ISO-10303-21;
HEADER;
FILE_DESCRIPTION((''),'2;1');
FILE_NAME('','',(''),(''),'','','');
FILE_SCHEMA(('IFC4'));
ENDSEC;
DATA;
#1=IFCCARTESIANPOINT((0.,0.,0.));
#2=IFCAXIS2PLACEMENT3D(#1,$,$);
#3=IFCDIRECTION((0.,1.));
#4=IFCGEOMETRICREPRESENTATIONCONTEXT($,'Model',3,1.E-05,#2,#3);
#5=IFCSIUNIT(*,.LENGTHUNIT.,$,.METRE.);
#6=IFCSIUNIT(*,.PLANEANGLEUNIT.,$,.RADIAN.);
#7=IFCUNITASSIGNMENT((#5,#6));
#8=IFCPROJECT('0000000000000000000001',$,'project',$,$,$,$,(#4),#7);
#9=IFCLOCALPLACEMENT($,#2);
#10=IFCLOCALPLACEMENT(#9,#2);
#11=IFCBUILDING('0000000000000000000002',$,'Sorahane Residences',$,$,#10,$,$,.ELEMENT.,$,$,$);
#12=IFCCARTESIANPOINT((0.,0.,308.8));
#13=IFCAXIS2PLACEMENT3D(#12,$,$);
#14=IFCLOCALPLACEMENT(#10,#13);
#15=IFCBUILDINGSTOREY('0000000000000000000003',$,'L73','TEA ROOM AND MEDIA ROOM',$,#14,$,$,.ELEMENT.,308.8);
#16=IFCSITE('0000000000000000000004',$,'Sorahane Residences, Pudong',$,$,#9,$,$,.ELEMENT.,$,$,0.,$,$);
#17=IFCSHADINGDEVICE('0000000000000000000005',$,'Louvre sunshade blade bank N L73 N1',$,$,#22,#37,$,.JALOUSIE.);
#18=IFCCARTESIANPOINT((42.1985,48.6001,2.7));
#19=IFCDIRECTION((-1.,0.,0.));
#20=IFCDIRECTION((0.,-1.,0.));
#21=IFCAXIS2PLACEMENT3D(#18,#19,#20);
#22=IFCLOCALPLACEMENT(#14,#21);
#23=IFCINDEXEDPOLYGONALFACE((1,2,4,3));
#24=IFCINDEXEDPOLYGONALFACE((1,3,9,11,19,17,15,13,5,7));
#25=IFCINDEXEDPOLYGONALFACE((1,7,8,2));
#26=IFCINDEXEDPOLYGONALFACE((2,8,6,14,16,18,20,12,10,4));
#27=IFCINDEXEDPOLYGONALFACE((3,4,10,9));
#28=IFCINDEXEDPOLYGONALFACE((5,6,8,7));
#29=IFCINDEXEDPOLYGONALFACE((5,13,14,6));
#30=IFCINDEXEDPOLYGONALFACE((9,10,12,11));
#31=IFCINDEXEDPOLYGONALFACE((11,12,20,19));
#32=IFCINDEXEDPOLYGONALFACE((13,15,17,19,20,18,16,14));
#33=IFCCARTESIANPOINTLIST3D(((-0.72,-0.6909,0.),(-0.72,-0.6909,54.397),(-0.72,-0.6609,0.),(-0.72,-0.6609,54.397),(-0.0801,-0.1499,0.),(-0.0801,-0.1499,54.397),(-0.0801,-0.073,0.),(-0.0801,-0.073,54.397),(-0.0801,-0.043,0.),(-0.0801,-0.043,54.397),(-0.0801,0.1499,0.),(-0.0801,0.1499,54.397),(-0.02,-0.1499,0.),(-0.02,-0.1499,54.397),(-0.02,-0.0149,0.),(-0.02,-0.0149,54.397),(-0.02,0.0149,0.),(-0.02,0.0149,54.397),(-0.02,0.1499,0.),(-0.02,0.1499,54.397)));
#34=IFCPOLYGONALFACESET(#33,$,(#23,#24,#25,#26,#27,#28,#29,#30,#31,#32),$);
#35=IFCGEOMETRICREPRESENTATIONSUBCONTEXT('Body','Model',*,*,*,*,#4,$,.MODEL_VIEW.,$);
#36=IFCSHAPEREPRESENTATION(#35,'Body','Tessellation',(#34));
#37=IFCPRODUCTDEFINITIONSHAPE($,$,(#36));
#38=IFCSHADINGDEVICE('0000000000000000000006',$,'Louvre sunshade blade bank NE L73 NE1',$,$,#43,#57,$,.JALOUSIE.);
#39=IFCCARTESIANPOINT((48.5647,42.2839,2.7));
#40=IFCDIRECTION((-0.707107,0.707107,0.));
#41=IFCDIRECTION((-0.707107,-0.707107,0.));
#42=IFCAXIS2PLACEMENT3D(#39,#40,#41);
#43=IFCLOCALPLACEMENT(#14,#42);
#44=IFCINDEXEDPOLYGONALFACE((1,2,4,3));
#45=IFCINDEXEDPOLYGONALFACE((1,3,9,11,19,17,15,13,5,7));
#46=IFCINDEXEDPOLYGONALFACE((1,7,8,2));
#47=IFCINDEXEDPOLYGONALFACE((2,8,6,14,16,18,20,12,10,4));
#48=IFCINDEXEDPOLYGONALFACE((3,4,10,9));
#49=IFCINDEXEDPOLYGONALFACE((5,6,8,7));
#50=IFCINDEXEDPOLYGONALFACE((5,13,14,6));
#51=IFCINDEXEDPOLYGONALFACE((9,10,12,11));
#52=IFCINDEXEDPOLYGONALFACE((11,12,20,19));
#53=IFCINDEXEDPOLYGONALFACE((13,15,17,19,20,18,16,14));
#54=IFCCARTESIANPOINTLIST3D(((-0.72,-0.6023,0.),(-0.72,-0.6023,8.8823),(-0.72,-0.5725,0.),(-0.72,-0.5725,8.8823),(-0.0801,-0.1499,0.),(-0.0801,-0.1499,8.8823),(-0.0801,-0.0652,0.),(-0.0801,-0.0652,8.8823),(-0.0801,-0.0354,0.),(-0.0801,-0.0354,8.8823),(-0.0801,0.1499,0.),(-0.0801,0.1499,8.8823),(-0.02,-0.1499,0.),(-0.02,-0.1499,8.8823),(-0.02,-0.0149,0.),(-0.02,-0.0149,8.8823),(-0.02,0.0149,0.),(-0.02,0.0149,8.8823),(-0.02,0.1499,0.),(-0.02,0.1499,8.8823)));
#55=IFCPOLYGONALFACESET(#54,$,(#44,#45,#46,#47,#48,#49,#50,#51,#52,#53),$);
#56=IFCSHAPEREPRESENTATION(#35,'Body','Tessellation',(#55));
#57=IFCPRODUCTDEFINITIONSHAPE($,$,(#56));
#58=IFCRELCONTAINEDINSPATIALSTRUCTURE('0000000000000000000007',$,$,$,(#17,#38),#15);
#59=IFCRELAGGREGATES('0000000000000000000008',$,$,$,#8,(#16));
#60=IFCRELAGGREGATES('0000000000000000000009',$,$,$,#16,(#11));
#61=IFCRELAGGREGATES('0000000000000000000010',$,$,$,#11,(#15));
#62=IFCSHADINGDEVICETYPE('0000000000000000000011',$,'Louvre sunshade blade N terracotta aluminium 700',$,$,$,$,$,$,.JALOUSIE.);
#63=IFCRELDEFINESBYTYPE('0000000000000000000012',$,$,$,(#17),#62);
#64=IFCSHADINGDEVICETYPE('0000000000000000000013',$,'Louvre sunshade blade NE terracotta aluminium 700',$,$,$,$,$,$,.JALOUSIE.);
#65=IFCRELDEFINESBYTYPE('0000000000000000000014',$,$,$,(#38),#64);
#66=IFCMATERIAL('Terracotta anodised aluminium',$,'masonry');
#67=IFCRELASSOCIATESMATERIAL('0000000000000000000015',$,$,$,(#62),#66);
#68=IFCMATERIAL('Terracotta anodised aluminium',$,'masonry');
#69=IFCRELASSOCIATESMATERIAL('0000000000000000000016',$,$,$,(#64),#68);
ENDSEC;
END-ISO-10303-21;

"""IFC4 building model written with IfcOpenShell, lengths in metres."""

from ifc_helpers import new_model, si_unit, direction, frame, origin, place, context, subcontext, project, spatial, polyline, outline, extrude, material, type_object, element, save


model = new_model("IFC4")

# Units and contexts
model_context = context("Model", 3, precision=1e-05, world=origin(), true_north=direction((0.0, 1.0)))
body_context = subcontext(model_context, "Body", "Model", "MODEL_VIEW")
ifc_project = project(units=[si_unit("LENGTHUNIT", "METRE"), si_unit("PLANEANGLEUNIT", "RADIAN")], contexts=[model_context])

# Site, building, storey
site_placement = place(None, origin())
site = spatial("IfcSite", under=ifc_project, at=site_placement, Name="Sorahane Residences, Pudong", CompositionType="ELEMENT", RefElevation=0.0)
building_placement = place(site_placement, origin())
building = spatial("IfcBuilding", under=site, at=building_placement, Name="Sorahane Residences", CompositionType="ELEMENT")
storey_placement = place(building_placement, frame((0.0, 0.0, 308.8)))
storey = spatial("IfcBuildingStorey", under=building, at=storey_placement, Name="L73", Description="TEA ROOM AND MEDIA ROOM", CompositionType="ELEMENT", Elevation=308.8)

# Shading devices
ifc_material_1 = material(Name="Terracotta anodised aluminium", Category="masonry")
shading_device_type_1 = type_object("IfcShadingDeviceType", Name="Louvre sunshade blade N terracotta aluminium 700", PredefinedType="JALOUSIE", material=ifc_material_1)
shading_device_1_placement = place(storey_placement, frame((42.1985, 48.6001, 2.7), z_axis=(-1.0, 0.0, 0.0), x_axis=(0.0, -1.0, 0.0)))
element("IfcShadingDevice", 1, at=shading_device_1_placement, inside=storey, type_object=shading_device_type_1, Name="Louvre sunshade blade bank N L73 N1", PredefinedType="JALOUSIE", context=body_context, shape_type="SweptSolid", body=[
    extrude(outline(polyline([(-0.72, -0.6609), (-0.72, -0.6909), (-0.0801, -0.073), (-0.0801, -0.1499), (-0.02, -0.1499), (-0.02, -0.0149), (-0.02, 0.0149), (-0.02, 0.1499), (-0.0801, 0.1499), (-0.0801, -0.043), (-0.72, -0.6609)])), origin(), (0.0, 0.0, 1.0), 54.397),
])
ifc_material_2 = material(Name="Terracotta anodised aluminium", Category="masonry")
shading_device_type_2 = type_object("IfcShadingDeviceType", Name="Louvre sunshade blade NE terracotta aluminium 700", PredefinedType="JALOUSIE", material=ifc_material_2)
shading_device_2_placement = place(storey_placement, frame((48.5647, 42.2839, 2.7), z_axis=(-0.707107, 0.707107, 0.0), x_axis=(-0.707107, -0.707107, 0.0)))
element("IfcShadingDevice", 2, at=shading_device_2_placement, inside=storey, type_object=shading_device_type_2, Name="Louvre sunshade blade bank NE L73 NE1", PredefinedType="JALOUSIE", context=body_context, shape_type="SweptSolid", body=[
    extrude(outline(polyline([(-0.72, -0.5725), (-0.72, -0.6023), (-0.0801, -0.0652), (-0.0801, -0.1499), (-0.02, -0.1499), (-0.02, -0.0149), (-0.02, 0.0149), (-0.02, 0.1499), (-0.0801, 0.1499), (-0.0801, -0.0354), (-0.72, -0.5725)])), origin(), (0.0, 0.0, 1.0), 8.8823),
])

save(model, "model.ifc")
